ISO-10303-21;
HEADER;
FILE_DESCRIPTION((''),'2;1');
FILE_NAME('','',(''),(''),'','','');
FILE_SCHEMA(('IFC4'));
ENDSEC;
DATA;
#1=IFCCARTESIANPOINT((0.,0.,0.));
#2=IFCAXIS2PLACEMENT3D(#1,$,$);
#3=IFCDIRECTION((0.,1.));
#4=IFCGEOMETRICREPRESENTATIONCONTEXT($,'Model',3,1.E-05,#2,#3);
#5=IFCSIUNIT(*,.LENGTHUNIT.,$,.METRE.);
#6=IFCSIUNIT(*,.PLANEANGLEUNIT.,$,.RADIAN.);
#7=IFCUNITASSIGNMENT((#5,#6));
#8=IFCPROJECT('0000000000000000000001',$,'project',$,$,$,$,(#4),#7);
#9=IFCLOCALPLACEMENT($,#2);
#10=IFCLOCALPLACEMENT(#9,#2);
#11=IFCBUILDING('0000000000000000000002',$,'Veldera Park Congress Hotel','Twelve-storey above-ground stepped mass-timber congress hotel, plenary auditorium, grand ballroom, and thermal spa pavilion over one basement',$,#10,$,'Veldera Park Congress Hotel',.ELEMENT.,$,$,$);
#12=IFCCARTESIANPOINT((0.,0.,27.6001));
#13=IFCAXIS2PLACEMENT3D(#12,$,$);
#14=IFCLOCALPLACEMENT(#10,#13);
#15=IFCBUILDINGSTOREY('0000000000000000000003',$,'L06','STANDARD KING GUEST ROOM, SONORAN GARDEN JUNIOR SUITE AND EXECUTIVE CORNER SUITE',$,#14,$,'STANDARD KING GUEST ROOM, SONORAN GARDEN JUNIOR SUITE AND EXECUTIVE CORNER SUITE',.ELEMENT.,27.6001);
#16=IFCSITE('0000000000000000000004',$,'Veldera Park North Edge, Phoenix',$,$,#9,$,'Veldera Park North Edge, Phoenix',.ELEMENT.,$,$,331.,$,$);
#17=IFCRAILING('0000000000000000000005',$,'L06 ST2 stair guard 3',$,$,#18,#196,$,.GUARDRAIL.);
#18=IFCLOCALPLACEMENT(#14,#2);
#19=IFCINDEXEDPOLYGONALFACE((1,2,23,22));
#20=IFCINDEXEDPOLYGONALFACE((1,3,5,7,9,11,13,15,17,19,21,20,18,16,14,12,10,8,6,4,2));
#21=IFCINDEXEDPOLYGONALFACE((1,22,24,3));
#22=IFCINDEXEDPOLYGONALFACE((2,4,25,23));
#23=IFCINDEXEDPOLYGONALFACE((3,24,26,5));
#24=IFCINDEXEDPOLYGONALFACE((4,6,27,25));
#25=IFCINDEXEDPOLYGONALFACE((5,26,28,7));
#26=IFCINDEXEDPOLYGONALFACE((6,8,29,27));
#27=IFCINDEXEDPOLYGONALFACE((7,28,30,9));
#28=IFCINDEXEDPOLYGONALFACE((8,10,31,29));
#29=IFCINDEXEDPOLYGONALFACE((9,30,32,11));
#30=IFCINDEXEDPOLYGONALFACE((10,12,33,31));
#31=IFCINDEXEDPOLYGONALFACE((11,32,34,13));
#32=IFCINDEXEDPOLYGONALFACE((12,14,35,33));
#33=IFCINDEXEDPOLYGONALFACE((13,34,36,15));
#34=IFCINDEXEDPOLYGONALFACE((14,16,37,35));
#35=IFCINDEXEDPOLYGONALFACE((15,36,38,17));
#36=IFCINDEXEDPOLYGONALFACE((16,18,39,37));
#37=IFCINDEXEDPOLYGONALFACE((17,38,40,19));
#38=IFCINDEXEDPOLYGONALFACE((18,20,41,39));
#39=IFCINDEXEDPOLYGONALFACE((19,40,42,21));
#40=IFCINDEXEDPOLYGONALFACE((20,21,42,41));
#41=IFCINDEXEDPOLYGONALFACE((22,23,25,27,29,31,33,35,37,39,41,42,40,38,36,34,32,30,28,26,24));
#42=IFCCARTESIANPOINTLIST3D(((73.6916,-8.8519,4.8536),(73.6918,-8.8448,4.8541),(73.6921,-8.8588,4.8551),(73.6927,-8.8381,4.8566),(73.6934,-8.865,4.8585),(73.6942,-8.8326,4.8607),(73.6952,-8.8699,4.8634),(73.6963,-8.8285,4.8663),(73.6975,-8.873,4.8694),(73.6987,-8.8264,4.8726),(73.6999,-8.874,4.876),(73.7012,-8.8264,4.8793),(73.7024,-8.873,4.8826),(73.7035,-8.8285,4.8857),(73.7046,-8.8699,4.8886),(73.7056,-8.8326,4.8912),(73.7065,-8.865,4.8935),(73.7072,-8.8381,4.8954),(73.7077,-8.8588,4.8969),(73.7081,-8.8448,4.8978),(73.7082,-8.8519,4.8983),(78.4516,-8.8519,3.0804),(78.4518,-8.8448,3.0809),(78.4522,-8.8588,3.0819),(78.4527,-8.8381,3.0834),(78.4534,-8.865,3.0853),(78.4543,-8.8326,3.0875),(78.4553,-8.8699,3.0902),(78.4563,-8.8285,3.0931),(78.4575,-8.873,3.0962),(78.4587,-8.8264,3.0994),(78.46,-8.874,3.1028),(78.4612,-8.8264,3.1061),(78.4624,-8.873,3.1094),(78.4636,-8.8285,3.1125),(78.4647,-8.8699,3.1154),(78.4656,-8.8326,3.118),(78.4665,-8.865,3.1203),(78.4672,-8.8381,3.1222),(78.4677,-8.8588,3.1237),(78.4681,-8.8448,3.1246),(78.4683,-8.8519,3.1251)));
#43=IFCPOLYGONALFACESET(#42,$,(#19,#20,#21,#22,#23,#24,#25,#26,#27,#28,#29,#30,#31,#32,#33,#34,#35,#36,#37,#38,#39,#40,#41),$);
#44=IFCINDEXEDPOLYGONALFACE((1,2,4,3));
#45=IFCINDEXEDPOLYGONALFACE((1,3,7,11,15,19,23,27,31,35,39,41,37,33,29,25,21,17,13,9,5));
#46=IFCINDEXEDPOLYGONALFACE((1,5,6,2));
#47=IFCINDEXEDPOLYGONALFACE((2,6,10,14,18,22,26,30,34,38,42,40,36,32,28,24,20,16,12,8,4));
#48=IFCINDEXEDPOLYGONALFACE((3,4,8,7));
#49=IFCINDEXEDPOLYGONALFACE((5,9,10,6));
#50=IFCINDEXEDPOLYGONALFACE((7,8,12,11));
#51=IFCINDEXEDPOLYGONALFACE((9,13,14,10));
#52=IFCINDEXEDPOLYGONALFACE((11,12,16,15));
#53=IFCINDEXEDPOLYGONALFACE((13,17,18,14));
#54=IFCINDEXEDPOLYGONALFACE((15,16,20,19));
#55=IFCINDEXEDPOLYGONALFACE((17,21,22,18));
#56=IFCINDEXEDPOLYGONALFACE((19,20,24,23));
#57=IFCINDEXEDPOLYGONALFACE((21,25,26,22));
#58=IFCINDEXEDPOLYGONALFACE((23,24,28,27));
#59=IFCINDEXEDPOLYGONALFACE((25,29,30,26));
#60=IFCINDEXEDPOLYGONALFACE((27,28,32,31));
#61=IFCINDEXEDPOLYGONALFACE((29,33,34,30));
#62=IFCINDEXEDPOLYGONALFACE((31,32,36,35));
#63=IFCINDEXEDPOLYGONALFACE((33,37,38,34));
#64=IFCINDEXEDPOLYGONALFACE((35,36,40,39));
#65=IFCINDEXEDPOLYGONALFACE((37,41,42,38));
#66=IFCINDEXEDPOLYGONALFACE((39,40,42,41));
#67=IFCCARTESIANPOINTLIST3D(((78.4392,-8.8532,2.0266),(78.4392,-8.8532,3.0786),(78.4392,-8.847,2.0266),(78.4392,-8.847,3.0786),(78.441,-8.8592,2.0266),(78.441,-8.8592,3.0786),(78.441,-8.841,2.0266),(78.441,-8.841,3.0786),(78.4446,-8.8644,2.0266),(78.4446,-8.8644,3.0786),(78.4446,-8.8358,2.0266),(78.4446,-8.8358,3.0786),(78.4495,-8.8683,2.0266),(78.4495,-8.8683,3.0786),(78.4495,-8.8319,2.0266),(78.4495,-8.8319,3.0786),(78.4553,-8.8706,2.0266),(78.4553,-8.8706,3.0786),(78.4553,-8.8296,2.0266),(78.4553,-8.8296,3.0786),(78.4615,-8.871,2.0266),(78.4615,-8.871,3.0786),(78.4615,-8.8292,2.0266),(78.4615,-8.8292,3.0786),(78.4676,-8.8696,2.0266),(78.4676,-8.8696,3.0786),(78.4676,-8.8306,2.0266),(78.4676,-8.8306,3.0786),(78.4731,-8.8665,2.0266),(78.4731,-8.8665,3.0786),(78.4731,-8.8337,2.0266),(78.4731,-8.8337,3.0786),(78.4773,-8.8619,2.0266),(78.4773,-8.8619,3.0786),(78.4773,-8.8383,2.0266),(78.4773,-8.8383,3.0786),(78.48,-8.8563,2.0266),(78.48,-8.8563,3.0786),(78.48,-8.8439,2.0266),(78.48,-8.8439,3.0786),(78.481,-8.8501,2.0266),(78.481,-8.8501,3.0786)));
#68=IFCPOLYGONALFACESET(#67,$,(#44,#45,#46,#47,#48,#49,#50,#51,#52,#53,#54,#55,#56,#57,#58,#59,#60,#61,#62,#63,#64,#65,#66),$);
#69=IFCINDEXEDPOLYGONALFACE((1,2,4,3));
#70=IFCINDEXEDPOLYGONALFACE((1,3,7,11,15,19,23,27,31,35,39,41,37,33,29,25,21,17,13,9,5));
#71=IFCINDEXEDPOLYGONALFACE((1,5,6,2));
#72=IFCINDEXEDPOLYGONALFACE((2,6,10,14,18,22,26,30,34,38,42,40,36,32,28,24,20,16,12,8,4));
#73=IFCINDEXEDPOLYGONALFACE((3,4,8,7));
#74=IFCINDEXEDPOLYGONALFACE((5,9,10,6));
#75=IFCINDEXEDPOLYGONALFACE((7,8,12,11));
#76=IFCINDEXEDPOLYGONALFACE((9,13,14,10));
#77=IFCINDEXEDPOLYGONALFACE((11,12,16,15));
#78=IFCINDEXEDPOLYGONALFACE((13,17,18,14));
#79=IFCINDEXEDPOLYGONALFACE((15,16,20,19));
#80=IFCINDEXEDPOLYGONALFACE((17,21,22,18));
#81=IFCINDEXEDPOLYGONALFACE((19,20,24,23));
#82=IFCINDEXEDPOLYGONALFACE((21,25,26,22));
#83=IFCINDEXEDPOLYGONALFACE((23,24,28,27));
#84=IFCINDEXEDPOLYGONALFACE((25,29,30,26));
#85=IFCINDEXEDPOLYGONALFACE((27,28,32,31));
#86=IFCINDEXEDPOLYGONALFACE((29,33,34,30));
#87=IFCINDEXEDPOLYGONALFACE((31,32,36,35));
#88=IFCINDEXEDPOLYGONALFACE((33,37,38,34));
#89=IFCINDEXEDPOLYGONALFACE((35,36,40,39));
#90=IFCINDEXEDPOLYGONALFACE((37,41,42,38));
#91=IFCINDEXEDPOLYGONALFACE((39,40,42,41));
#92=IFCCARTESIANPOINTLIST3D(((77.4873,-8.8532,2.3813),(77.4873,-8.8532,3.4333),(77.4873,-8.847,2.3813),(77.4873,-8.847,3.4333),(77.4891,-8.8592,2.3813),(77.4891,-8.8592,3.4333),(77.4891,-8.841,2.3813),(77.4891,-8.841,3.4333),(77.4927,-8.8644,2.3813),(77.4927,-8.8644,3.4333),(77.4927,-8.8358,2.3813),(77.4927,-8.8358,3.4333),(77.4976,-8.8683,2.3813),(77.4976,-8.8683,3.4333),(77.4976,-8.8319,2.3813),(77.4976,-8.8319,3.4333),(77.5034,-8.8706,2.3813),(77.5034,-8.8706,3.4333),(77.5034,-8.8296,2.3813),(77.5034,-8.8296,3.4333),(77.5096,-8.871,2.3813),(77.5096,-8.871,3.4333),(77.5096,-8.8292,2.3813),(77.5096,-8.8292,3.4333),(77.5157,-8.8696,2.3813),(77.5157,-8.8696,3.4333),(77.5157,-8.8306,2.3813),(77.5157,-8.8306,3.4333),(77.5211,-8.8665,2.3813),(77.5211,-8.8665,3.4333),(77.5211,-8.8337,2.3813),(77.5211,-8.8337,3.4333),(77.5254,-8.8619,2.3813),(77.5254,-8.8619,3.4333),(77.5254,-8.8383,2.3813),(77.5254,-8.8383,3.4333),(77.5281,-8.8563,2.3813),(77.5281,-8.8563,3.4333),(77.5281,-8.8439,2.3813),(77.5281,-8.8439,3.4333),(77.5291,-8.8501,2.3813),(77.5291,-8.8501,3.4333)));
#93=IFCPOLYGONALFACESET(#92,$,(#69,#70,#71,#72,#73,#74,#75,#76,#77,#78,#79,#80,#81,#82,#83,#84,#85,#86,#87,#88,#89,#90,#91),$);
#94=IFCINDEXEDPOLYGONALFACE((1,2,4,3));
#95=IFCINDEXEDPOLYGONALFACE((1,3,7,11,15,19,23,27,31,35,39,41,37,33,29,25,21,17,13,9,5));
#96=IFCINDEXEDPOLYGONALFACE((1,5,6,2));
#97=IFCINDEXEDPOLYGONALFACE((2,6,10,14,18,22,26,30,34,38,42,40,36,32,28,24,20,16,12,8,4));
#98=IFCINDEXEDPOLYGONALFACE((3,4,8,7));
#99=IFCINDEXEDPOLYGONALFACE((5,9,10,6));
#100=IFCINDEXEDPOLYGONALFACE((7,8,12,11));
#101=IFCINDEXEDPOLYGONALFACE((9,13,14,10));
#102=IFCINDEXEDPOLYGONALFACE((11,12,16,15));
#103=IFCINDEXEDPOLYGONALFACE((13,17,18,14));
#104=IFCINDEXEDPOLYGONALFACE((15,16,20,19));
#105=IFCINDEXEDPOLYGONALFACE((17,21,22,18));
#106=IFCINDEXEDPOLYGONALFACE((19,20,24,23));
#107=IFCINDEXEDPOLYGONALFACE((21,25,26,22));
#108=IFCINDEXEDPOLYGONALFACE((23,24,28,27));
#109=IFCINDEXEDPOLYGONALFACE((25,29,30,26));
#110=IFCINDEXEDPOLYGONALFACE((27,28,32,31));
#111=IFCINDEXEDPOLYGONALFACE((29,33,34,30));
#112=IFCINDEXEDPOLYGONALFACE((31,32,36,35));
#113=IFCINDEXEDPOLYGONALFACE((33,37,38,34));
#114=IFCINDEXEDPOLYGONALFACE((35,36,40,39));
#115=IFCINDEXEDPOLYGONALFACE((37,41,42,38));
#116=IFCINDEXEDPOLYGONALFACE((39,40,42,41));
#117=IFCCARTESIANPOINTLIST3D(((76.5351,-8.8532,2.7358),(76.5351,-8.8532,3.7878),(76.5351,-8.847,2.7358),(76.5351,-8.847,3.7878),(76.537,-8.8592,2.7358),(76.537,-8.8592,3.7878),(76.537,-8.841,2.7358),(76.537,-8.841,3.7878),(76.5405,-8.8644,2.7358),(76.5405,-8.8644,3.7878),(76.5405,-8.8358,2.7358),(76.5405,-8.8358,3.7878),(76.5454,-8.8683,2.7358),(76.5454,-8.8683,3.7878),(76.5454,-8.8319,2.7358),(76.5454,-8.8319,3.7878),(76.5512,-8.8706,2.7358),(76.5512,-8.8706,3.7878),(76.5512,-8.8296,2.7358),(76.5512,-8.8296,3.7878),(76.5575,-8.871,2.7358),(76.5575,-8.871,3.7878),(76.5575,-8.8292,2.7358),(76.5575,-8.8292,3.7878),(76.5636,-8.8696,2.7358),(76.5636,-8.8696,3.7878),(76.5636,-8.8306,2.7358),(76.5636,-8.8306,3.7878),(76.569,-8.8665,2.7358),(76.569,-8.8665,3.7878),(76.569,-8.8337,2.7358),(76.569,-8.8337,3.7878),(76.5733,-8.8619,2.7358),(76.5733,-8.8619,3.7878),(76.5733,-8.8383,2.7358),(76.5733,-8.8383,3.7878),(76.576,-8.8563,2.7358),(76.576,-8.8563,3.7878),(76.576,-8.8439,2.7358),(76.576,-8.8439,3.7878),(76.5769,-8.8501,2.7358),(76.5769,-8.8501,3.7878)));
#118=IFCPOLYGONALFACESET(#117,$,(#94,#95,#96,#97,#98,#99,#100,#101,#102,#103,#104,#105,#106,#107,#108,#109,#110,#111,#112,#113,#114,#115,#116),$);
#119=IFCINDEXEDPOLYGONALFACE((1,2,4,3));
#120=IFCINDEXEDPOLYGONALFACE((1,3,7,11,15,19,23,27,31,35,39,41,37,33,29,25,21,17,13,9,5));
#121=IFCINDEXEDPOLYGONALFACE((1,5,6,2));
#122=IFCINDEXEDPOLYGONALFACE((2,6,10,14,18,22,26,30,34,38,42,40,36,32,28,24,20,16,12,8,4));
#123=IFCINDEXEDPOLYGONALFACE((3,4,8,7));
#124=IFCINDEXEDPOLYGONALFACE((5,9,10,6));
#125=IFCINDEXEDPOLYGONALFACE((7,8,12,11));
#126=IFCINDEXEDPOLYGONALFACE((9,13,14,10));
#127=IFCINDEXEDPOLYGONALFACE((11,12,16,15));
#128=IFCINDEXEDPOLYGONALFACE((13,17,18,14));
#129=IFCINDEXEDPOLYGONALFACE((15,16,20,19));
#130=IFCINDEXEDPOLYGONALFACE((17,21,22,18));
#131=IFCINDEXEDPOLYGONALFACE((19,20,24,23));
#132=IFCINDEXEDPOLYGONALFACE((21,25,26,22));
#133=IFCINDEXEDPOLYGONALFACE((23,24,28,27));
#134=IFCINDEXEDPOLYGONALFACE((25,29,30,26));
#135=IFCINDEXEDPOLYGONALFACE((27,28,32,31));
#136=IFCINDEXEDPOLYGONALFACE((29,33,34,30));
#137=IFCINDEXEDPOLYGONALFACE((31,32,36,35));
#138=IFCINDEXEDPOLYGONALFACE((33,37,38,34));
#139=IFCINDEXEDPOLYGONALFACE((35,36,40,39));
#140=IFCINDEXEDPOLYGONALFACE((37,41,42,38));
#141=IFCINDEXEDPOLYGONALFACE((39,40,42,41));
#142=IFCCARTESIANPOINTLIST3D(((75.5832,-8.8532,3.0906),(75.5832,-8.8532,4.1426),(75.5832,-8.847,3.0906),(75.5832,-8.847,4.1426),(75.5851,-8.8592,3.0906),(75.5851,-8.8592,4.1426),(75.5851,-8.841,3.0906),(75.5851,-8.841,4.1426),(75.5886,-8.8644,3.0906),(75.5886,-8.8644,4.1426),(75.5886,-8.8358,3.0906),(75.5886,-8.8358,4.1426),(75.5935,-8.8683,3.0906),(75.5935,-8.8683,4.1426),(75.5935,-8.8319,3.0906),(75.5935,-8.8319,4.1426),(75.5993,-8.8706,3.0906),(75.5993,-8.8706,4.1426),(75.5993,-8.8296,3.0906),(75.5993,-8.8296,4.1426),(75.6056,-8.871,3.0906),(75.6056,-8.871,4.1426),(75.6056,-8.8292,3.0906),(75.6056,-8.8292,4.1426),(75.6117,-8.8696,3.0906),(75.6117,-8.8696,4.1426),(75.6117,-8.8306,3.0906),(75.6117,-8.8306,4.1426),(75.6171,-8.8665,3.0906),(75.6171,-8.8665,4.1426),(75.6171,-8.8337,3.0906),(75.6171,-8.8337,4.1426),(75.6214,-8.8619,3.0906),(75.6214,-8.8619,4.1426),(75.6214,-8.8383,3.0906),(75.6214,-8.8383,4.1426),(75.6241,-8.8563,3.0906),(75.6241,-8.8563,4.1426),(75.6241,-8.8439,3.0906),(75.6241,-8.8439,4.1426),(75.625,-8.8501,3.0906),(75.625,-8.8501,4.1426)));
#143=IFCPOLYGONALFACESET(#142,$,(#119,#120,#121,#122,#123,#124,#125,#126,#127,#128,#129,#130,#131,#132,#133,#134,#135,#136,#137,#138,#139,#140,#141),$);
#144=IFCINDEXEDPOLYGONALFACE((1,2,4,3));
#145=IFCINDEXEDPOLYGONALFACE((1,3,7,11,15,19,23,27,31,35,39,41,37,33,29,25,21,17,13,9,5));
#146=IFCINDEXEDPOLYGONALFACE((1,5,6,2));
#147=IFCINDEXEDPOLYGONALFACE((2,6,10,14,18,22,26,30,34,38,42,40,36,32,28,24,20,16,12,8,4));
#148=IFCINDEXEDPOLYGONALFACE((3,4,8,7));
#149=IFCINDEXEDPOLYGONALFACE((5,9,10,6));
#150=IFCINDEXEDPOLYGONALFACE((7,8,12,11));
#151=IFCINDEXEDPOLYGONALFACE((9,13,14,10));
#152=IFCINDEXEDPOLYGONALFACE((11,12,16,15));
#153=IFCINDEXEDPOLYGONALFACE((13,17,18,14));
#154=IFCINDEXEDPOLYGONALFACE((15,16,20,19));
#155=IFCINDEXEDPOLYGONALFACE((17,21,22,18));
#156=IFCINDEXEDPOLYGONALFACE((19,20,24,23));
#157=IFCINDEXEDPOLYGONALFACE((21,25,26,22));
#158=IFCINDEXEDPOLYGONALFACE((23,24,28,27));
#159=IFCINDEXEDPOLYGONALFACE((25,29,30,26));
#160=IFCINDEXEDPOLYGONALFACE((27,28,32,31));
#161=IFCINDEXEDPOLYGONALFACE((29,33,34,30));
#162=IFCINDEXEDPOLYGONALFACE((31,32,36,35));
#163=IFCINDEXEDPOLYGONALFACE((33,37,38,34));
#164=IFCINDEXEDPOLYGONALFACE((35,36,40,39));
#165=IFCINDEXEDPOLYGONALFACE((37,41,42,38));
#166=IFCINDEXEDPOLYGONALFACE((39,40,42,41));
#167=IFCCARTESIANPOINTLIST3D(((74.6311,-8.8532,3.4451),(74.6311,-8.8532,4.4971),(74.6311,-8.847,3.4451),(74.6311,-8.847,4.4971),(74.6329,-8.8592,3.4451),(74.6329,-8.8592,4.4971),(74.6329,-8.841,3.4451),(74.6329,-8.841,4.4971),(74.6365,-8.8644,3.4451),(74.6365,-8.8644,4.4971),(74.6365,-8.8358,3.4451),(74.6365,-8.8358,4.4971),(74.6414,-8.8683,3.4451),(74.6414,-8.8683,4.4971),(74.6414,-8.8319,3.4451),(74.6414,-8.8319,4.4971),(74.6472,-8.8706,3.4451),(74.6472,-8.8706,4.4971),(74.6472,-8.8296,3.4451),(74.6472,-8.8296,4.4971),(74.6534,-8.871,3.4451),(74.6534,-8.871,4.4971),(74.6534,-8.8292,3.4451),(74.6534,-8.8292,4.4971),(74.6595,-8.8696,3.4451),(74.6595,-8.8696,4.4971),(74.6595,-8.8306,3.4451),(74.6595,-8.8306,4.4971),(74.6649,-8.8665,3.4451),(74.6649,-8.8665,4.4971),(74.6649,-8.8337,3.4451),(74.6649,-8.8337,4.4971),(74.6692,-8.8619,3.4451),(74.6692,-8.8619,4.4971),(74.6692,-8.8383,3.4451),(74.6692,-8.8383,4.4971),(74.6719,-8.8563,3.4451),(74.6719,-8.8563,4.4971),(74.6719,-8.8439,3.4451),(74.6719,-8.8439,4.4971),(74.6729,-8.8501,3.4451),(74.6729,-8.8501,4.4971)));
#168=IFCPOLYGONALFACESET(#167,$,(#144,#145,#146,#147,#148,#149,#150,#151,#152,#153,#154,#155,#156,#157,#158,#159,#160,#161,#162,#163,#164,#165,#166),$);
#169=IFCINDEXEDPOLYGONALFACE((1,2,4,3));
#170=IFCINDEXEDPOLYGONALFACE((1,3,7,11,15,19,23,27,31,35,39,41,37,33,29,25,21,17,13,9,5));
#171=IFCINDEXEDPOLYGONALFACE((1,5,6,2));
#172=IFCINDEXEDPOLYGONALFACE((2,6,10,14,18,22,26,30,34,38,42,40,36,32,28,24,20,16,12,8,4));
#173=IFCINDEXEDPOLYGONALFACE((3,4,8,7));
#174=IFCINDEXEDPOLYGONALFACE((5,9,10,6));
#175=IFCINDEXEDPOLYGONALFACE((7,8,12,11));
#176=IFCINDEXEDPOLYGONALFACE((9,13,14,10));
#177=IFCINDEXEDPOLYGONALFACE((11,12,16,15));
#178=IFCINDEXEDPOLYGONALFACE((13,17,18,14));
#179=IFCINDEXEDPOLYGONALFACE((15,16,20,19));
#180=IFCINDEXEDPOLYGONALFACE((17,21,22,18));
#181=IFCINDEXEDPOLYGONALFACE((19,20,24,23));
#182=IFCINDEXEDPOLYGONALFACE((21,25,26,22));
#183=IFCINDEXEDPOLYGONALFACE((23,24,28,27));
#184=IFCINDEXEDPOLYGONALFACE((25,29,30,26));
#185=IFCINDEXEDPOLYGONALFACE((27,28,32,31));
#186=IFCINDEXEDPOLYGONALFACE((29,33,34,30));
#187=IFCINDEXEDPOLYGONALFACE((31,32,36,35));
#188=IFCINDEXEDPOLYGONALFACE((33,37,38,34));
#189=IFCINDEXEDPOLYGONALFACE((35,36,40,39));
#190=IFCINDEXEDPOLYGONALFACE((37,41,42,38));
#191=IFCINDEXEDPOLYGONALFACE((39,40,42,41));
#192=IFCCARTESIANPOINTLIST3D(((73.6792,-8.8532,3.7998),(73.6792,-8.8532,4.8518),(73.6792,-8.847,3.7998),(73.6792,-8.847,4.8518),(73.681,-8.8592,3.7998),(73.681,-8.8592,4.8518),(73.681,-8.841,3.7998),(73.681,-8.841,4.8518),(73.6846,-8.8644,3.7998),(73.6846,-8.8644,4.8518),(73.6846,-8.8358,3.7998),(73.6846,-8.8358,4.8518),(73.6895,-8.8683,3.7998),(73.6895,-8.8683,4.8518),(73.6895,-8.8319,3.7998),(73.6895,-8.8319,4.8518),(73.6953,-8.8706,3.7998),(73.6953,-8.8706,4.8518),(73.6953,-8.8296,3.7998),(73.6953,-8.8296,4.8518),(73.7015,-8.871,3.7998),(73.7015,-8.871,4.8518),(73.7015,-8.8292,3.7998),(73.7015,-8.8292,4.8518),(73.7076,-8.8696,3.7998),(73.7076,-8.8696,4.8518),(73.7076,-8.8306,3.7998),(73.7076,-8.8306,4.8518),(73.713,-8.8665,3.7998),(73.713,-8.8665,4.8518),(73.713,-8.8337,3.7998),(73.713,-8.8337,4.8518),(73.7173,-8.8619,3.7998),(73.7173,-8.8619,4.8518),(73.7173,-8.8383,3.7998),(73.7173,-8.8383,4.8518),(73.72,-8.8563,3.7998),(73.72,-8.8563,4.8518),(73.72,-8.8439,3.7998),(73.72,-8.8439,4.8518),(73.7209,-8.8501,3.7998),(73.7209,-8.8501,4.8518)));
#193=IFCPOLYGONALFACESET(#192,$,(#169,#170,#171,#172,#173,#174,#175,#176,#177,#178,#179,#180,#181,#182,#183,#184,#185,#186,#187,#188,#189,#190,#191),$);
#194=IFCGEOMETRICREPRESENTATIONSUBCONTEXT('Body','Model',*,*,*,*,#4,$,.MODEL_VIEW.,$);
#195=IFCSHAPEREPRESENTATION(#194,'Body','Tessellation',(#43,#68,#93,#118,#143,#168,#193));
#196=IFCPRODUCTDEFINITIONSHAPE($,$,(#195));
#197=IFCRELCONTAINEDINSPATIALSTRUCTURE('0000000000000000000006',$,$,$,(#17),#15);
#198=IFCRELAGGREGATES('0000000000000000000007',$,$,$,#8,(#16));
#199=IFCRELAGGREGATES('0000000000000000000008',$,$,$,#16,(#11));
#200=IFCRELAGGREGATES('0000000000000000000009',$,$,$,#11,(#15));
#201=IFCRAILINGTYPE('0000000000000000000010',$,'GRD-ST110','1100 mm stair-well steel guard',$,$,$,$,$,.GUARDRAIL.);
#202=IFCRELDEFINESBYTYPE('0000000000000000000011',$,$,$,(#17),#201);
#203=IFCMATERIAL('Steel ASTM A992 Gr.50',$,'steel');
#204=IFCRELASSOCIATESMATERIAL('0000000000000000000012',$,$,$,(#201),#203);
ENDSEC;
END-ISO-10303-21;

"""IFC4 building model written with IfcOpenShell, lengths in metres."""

from ifc_helpers import new_model, si_unit, direction, frame, origin, origin_2d, place, context, subcontext, project, spatial, circle, extrude, material, type_object, element, save


model = new_model("IFC4")

# Units and contexts
model_context = context("Model", 3, precision=1e-05, world=origin(), true_north=direction((0.0, 1.0)))
body_context = subcontext(model_context, "Body", "Model", "MODEL_VIEW")
ifc_project = project(units=[si_unit("LENGTHUNIT", "METRE"), si_unit("PLANEANGLEUNIT", "RADIAN")], contexts=[model_context])

# Site, building, storey
site_placement = place(None, origin())
site = spatial("IfcSite", under=ifc_project, at=site_placement, Name="Veldera Park North Edge, Phoenix", LongName="Veldera Park North Edge, Phoenix", CompositionType="ELEMENT", RefElevation=331.0)
building_placement = place(site_placement, origin())
building = spatial("IfcBuilding", under=site, at=building_placement, Name="Veldera Park Congress Hotel", Description="Twelve-storey above-ground stepped mass-timber congress hotel, plenary auditorium, grand ballroom, and thermal spa pavilion over one basement", LongName="Veldera Park Congress Hotel", CompositionType="ELEMENT")
storey_placement = place(building_placement, frame((0.0, 0.0, 27.6001)))
storey = spatial("IfcBuildingStorey", under=building, at=storey_placement, Name="L06", Description="STANDARD KING GUEST ROOM, SONORAN GARDEN JUNIOR SUITE AND EXECUTIVE CORNER SUITE", LongName="STANDARD KING GUEST ROOM, SONORAN GARDEN JUNIOR SUITE AND EXECUTIVE CORNER SUITE", CompositionType="ELEMENT", Elevation=27.6001)

# Railing
ifc_material_1 = material(Name="Steel ASTM A992 Gr.50", Category="steel")
railing_type_1 = type_object("IfcRailingType", Name="GRD-ST110", Description="1100 mm stair-well steel guard", PredefinedType="GUARDRAIL", material=ifc_material_1)
railing_1_placement = place(storey_placement, frame((78.46, -8.8501, 2.0266)))
element("IfcRailing", 1, at=railing_1_placement, inside=storey, type_object=railing_type_1, Name="L06 ST2 stair guard 3", PredefinedType="GUARDRAIL", context=body_context, shape_type="SweptSolid", body=[
    extrude(circle(Radius=0.0239, at=origin_2d()), frame((0.0, 0.0, 1.0762), z_axis=(-0.937091, 0.0, 0.349084), x_axis=(0.0, -1.0, 0.0)), (0.0, 0.0, 1.0), 5.0796),
    extrude(circle(Radius=0.021, at=origin_2d()), origin(), (0.0, 0.0, 1.0), 1.052),
    extrude(circle(Radius=0.021, at=origin_2d()), frame((-0.9519, 0.0, 0.3547)), (0.0, 0.0, 1.0), 1.052),
    extrude(circle(Radius=0.021, at=origin_2d()), frame((-1.9041, 0.0, 0.7092)), (0.0, 0.0, 1.0), 1.052),
    extrude(circle(Radius=0.021, at=origin_2d()), frame((-2.856, 0.0, 1.064)), (0.0, 0.0, 1.0), 1.052),
    extrude(circle(Radius=0.021, at=origin_2d()), frame((-3.8081, 0.0, 1.4185)), (0.0, 0.0, 1.0), 1.052),
    extrude(circle(Radius=0.021, at=origin_2d()), frame((-4.76, 0.0, 1.7732)), (0.0, 0.0, 1.0), 1.052),
])

save(model, "model.ifc")
